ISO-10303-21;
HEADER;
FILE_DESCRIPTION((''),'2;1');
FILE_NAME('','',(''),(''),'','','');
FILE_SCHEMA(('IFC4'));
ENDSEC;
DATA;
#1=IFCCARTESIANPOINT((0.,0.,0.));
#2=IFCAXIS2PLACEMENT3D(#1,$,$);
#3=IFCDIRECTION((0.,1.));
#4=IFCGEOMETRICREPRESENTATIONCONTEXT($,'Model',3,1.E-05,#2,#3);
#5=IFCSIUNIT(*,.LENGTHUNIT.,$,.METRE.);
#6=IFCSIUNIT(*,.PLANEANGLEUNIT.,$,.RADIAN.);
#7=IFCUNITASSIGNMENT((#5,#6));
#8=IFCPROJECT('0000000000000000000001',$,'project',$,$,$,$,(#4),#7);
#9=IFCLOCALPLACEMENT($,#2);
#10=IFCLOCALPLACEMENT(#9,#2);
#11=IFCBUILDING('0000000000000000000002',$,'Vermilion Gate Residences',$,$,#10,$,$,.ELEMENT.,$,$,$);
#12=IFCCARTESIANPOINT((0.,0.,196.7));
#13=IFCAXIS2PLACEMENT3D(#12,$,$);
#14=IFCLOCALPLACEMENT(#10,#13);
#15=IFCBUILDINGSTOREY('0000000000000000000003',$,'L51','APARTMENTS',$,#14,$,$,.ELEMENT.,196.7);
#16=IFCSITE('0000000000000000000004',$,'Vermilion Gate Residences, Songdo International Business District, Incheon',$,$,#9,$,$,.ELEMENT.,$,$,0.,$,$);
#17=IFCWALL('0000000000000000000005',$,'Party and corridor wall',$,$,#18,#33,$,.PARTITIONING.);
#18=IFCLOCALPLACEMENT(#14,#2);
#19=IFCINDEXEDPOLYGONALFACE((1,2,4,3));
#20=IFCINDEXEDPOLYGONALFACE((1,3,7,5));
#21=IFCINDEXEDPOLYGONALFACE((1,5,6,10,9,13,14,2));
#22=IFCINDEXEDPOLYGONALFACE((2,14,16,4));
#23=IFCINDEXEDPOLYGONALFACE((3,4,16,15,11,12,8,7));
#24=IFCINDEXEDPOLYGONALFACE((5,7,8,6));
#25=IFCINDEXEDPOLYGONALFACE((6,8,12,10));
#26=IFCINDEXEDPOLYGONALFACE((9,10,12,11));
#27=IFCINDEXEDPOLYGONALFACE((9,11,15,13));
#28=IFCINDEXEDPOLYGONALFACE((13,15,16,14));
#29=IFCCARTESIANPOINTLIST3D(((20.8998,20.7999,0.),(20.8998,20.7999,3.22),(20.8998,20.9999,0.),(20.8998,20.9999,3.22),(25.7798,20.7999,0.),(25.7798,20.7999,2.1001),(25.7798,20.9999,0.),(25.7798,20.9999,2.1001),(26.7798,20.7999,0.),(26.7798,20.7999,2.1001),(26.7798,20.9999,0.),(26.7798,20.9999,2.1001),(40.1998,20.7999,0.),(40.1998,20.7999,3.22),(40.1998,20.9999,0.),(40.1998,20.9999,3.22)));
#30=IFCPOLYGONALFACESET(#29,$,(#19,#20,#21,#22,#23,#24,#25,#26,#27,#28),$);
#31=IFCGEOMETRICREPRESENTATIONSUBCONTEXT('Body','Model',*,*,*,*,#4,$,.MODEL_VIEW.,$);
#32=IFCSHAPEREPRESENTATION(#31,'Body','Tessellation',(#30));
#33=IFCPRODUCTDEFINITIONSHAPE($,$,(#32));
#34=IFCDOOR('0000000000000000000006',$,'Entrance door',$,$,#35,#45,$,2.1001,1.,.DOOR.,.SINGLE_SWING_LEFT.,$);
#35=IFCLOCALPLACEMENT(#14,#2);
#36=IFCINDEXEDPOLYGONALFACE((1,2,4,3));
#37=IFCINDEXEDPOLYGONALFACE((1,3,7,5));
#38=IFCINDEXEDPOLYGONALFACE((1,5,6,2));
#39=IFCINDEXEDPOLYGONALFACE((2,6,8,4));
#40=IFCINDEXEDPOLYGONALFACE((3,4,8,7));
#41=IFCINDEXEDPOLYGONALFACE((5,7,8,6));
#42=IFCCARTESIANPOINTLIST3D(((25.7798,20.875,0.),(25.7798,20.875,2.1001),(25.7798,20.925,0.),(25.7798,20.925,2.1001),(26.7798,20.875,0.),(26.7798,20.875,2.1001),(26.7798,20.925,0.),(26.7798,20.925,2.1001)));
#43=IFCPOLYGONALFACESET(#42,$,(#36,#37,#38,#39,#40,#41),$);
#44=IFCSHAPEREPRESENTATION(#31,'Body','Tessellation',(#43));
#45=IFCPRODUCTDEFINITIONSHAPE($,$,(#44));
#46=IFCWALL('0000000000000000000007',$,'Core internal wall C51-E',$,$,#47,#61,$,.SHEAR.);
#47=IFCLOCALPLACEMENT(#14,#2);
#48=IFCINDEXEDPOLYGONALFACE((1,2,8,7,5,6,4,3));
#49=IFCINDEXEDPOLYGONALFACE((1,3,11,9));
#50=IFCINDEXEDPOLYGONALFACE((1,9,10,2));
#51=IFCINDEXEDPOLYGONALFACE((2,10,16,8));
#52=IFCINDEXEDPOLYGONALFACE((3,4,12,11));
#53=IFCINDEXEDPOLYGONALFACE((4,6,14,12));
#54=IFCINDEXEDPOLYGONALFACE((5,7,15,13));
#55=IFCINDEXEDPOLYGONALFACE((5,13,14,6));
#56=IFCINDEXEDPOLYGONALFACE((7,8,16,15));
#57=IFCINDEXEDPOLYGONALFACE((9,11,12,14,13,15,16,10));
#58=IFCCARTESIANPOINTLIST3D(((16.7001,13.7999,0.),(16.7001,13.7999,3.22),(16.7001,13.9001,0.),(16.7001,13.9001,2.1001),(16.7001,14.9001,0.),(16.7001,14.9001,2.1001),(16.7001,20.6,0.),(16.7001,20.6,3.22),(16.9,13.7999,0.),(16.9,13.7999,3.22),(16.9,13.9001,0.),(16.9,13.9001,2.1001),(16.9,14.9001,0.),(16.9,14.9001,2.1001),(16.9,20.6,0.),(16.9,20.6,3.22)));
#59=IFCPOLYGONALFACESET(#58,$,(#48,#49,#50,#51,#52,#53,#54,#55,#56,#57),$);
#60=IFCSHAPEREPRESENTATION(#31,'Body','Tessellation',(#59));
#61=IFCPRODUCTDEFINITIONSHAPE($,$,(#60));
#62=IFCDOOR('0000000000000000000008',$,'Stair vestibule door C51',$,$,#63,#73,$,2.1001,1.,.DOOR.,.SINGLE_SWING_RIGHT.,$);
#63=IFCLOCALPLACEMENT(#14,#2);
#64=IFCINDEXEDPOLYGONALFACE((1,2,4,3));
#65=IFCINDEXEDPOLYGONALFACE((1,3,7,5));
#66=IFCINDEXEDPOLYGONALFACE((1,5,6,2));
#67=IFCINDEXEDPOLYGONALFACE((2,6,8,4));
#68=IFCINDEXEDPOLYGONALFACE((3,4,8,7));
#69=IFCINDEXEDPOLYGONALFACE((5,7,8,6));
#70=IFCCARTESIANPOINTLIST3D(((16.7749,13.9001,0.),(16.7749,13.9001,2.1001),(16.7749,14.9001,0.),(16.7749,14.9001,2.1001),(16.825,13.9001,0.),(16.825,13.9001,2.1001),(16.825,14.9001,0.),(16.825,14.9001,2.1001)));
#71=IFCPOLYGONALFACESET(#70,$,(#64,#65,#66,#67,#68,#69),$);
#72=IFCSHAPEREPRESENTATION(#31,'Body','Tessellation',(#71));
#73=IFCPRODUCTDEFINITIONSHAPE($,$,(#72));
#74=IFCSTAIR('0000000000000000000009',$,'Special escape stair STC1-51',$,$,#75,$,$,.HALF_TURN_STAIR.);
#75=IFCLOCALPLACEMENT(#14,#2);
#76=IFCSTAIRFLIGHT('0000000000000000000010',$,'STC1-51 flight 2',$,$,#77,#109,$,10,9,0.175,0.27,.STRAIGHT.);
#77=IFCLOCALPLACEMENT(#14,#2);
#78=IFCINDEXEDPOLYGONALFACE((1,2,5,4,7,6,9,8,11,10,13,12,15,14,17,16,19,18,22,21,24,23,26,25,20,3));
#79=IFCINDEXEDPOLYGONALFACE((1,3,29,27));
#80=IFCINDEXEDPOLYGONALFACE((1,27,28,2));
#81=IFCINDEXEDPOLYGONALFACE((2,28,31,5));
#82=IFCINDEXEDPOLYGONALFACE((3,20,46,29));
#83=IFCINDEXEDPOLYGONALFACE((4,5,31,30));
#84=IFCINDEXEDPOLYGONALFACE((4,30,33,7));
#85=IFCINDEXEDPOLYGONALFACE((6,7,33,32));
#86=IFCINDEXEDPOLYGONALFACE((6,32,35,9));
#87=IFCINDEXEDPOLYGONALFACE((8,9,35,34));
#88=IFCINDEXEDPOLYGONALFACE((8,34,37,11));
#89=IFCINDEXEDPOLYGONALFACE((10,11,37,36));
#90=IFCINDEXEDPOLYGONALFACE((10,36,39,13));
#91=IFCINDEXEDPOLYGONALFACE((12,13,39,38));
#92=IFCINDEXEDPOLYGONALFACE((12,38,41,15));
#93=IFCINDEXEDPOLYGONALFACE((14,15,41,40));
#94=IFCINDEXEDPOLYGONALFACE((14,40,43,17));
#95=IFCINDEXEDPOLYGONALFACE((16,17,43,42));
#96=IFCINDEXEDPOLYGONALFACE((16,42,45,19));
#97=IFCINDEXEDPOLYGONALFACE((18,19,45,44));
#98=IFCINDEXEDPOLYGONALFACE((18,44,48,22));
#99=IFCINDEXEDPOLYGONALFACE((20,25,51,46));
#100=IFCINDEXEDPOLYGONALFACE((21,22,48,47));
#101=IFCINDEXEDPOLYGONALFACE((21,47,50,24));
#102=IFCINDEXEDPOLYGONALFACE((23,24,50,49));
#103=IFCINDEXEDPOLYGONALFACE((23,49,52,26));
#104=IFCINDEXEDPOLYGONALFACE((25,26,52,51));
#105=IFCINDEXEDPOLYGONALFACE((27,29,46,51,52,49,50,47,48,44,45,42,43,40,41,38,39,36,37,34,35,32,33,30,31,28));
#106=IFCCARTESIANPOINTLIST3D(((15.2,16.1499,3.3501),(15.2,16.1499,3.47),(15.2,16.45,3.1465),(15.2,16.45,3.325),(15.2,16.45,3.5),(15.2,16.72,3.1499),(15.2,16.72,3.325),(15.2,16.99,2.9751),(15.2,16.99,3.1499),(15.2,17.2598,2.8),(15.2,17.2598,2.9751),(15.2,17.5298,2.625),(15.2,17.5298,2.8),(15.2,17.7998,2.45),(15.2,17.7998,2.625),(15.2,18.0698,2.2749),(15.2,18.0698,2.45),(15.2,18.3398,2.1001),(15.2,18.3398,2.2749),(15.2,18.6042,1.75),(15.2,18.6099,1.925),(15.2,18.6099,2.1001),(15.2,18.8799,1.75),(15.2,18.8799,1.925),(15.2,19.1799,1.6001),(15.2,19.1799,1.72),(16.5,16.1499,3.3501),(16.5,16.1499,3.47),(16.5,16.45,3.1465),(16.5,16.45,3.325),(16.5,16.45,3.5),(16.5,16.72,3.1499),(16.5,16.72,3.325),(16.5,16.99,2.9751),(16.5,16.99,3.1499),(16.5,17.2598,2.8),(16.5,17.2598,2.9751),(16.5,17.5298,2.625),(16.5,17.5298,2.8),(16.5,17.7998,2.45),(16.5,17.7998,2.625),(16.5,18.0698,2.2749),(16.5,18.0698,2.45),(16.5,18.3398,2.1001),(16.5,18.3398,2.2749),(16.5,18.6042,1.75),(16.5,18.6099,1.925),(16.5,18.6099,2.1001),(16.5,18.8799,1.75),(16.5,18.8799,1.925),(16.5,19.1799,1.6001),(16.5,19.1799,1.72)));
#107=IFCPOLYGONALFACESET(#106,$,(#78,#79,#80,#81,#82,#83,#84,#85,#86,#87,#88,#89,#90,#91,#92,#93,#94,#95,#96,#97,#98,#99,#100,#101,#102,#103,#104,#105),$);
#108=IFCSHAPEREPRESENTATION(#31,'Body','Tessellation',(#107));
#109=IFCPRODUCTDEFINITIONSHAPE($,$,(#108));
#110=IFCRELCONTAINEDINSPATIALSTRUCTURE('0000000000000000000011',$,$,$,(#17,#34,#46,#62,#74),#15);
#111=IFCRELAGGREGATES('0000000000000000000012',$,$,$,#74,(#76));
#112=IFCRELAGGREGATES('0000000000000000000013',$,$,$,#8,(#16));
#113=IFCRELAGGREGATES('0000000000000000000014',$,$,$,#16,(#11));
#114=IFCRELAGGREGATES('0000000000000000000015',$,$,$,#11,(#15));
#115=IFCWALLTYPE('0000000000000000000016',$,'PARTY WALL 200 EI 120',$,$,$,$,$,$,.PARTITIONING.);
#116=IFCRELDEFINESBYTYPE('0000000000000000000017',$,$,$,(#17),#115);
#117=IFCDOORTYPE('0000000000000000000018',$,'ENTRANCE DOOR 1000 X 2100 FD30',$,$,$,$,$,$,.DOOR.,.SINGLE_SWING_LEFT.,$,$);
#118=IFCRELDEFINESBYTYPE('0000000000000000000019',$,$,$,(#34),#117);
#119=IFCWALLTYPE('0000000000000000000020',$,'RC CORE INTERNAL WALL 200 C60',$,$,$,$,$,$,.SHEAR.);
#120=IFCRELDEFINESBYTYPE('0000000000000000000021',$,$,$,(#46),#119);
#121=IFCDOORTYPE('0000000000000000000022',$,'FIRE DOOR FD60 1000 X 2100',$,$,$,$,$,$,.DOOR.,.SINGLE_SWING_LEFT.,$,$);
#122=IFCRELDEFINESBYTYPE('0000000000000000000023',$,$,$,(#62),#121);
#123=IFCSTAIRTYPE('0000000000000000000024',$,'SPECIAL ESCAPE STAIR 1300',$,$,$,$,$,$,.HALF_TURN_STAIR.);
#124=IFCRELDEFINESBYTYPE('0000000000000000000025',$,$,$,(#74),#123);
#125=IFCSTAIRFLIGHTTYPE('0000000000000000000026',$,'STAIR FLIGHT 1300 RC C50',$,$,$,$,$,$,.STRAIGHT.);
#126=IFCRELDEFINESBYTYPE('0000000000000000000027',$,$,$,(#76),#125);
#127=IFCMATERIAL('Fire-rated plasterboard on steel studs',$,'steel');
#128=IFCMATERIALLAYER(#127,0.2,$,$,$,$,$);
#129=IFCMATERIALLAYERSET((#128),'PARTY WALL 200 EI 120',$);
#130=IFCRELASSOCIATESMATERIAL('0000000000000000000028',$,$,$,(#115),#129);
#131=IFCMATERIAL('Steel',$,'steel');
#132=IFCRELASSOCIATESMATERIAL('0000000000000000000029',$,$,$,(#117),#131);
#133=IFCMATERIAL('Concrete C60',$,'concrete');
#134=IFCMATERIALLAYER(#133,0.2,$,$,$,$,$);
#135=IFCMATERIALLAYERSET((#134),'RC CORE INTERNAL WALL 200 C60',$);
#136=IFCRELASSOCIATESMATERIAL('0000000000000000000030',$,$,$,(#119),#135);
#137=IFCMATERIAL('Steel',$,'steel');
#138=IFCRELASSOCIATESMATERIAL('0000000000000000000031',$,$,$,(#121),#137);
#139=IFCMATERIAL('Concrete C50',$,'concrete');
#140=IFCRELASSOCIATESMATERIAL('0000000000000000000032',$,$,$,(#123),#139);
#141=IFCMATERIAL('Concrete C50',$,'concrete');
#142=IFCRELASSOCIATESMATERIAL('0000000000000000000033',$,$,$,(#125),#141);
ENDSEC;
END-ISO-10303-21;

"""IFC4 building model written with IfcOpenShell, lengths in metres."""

from ifc_helpers import new_model, si_unit, direction, frame, frame_2d, origin, place, context, subcontext, project, spatial, polyline, rectangle, outline, extrude, material, layer, layer_set, type_object, element, fill, aggregate, save


model = new_model("IFC4")

# Units and contexts
model_context = context("Model", 3, precision=1e-05, world=origin(), true_north=direction((0.0, 1.0)))
body_context = subcontext(model_context, "Body", "Model", "MODEL_VIEW")
ifc_project = project(units=[si_unit("LENGTHUNIT", "METRE"), si_unit("PLANEANGLEUNIT", "RADIAN")], contexts=[model_context])

# Site, building, storey
site_placement = place(None, origin())
site = spatial("IfcSite", under=ifc_project, at=site_placement, Name="Vermilion Gate Residences, Songdo International Business District, Incheon", CompositionType="ELEMENT", RefElevation=0.0)
building_placement = place(site_placement, origin())
building = spatial("IfcBuilding", under=site, at=building_placement, Name="Vermilion Gate Residences", CompositionType="ELEMENT")
storey_placement = place(building_placement, frame((0.0, 0.0, 196.7)))
storey = spatial("IfcBuildingStorey", under=building, at=storey_placement, Name="L51", Description="APARTMENTS", CompositionType="ELEMENT", Elevation=196.7)

# Walls, openings, doors
ifc_material_1 = material(Name="Fire-rated plasterboard on steel studs", Category="steel")
ifc_layer_1 = layer(ifc_material_1, 0.2)
ifc_layer_set_1 = layer_set([ifc_layer_1], Name="PARTY WALL 200 EI 120")
wall_type_1 = type_object("IfcWallType", Name="PARTY WALL 200 EI 120", PredefinedType="PARTITIONING", material=ifc_layer_set_1)
wall_1_placement = place(storey_placement, frame((20.8999, 20.8999, 0.0), z_axis=(0.0, 0.0, 1.0), x_axis=(1.0, 0.0, 0.0)))
wall_1 = element("IfcWall", 1, at=wall_1_placement, inside=storey, type_object=wall_type_1, Name="Party and corridor wall", PredefinedType="PARTITIONING", context=body_context, shape_type="SweptSolid", body=[
    extrude(rectangle(XDim=19.3, YDim=0.2, at=frame_2d((9.6499, 0.0))), origin(), (0.0, 0.0, 1.0), 3.22),
])
opening_1_placement = place(wall_1_placement, frame((4.8799, 0.0, 0.0)))
opening_1 = element("IfcOpeningElement", 2, at=opening_1_placement, cuts=wall_1, PredefinedType="OPENING", context=body_context, shape_type="SweptSolid", body=[
    extrude(rectangle(XDim=1.0, YDim=2.1001, at=frame_2d((0.5, 1.05))), frame((0.0, 0.1099, 0.0), z_axis=(0.0, -1.0, 0.0), x_axis=(1.0, 0.0, 0.0)), (0.0, 0.0, 1.0), 0.22),
])
ifc_material_2 = material(Name="Steel", Category="steel")
door_type_1 = type_object("IfcDoorType", Name="ENTRANCE DOOR 1000 X 2100 FD30", OperationType="SINGLE_SWING_LEFT", PredefinedType="DOOR", material=ifc_material_2)
door_1_placement = place(opening_1_placement, frame((1.0, 0.0, 0.0), z_axis=(0.0, 0.0, 1.0), x_axis=(-1.0, 0.0, 0.0)))
door_1 = element("IfcDoor", 3, at=door_1_placement, inside=storey, type_object=door_type_1, Name="Entrance door", OperationType="SINGLE_SWING_LEFT", OverallHeight=2.1001, OverallWidth=1.0, PredefinedType="DOOR", context=body_context, shape_type="SweptSolid", body=[
    extrude(rectangle(XDim=1.0, YDim=2.1001, at=frame_2d((0.5, 1.05))), frame((0.0, 0.0249, 0.0), z_axis=(0.0, -1.0, 0.0), x_axis=(1.0, 0.0, 0.0)), (0.0, 0.0, 1.0), 0.05),
])
fill(opening_1, door_1)
ifc_material_3 = material(Name="Concrete C60", Category="concrete")
ifc_layer_2 = layer(ifc_material_3, 0.2)
ifc_layer_set_2 = layer_set([ifc_layer_2], Name="RC CORE INTERNAL WALL 200 C60")
wall_type_2 = type_object("IfcWallType", Name="RC CORE INTERNAL WALL 200 C60", PredefinedType="SHEAR", material=ifc_layer_set_2)
wall_2_placement = place(storey_placement, frame((16.8, 13.8, 0.0), z_axis=(0.0, 0.0, 1.0), x_axis=(0.0, 1.0, 0.0)))
wall_2 = element("IfcWall", 4, at=wall_2_placement, inside=storey, type_object=wall_type_2, Name="Core internal wall C51-E", PredefinedType="SHEAR", context=body_context, shape_type="SweptSolid", body=[
    extrude(rectangle(XDim=6.8, YDim=0.2, at=frame_2d((3.3999, 0.0))), origin(), (0.0, 0.0, 1.0), 3.22),
])
opening_2_placement = place(wall_2_placement, frame((0.1001, 0.0, 0.0)))
opening_2 = element("IfcOpeningElement", 5, at=opening_2_placement, cuts=wall_2, PredefinedType="OPENING", context=body_context, shape_type="SweptSolid", body=[
    extrude(rectangle(XDim=1.0, YDim=2.1001, at=frame_2d((0.5, 1.05))), frame((0.0, 0.1099, 0.0), z_axis=(0.0, -1.0, 0.0), x_axis=(1.0, 0.0, 0.0)), (0.0, 0.0, 1.0), 0.22),
])
ifc_material_4 = material(Name="Steel", Category="steel")
door_type_2 = type_object("IfcDoorType", Name="FIRE DOOR FD60 1000 X 2100", OperationType="SINGLE_SWING_LEFT", PredefinedType="DOOR", material=ifc_material_4)
door_2_placement = place(opening_2_placement, frame((1.0, 0.0, 0.0), z_axis=(0.0, 0.0, 1.0), x_axis=(-1.0, 0.0, 0.0)))
door_2 = element("IfcDoor", 6, at=door_2_placement, inside=storey, type_object=door_type_2, Name="Stair vestibule door C51", OperationType="SINGLE_SWING_RIGHT", OverallHeight=2.1001, OverallWidth=1.0, PredefinedType="DOOR", context=body_context, shape_type="SweptSolid", body=[
    extrude(rectangle(XDim=1.0, YDim=2.1001, at=frame_2d((0.5, 1.05))), frame((0.0, 0.0249, 0.0), z_axis=(0.0, -1.0, 0.0), x_axis=(1.0, 0.0, 0.0)), (0.0, 0.0, 1.0), 0.05),
])
fill(opening_2, door_2)

# Stair, stair flight
ifc_material_5 = material(Name="Concrete C50", Category="concrete")
stair_type = type_object("IfcStairType", Name="SPECIAL ESCAPE STAIR 1300", PredefinedType="HALF_TURN_STAIR", material=ifc_material_5)
stair_placement = place(storey_placement, origin())
stair = element("IfcStair", 7, at=stair_placement, inside=storey, type_object=stair_type, Name="Special escape stair STC1-51", PredefinedType="HALF_TURN_STAIR")
ifc_material_6 = material(Name="Concrete C50", Category="concrete")
stair_flight_type = type_object("IfcStairFlightType", Name="STAIR FLIGHT 1300 RC C50", PredefinedType="STRAIGHT", material=ifc_material_6)
stair_flight_placement = place(storey_placement, frame((15.8501, 18.8799, 1.75), z_axis=(0.0, 0.0, 1.0), x_axis=(0.0, -1.0, 0.0)))
stair_flight = element("IfcStairFlight", 8, at=stair_flight_placement, type_object=stair_flight_type, Name="STC1-51 flight 2", NumberOfRisers=10, NumberOfTreads=9, PredefinedType="STRAIGHT", RiserHeight=0.175, TreadLength=0.27, context=body_context, shape_type="SweptSolid", body=[
    extrude(outline(polyline([(-0.3, -0.1499), (-0.3, -0.03), (0.0, 0.0), (0.0, 0.175), (0.27, 0.175), (0.27, 0.3501), (0.54, 0.3501), (0.54, 0.5249), (0.8101, 0.5249), (0.8101, 0.7), (1.0801, 0.7), (1.0801, 0.875), (1.3501, 0.875), (1.3501, 1.05), (1.6201, 1.05), (1.6201, 1.2251), (1.8899, 1.2251), (1.8899, 1.3999), (2.1599, 1.3999), (2.1599, 1.575), (2.4299, 1.575), (2.4299, 1.75), (2.73, 1.72), (2.73, 1.6001), (2.4299, 1.3965), (0.2756, 0.0), (-0.3, -0.1499)])), frame((0.0, 0.6499, 0.0), z_axis=(0.0, -1.0, 0.0), x_axis=(1.0, 0.0, 0.0)), (0.0, 0.0, 1.0), 1.3),
])
aggregate(stair, [stair_flight])

save(model, "model.ifc")
